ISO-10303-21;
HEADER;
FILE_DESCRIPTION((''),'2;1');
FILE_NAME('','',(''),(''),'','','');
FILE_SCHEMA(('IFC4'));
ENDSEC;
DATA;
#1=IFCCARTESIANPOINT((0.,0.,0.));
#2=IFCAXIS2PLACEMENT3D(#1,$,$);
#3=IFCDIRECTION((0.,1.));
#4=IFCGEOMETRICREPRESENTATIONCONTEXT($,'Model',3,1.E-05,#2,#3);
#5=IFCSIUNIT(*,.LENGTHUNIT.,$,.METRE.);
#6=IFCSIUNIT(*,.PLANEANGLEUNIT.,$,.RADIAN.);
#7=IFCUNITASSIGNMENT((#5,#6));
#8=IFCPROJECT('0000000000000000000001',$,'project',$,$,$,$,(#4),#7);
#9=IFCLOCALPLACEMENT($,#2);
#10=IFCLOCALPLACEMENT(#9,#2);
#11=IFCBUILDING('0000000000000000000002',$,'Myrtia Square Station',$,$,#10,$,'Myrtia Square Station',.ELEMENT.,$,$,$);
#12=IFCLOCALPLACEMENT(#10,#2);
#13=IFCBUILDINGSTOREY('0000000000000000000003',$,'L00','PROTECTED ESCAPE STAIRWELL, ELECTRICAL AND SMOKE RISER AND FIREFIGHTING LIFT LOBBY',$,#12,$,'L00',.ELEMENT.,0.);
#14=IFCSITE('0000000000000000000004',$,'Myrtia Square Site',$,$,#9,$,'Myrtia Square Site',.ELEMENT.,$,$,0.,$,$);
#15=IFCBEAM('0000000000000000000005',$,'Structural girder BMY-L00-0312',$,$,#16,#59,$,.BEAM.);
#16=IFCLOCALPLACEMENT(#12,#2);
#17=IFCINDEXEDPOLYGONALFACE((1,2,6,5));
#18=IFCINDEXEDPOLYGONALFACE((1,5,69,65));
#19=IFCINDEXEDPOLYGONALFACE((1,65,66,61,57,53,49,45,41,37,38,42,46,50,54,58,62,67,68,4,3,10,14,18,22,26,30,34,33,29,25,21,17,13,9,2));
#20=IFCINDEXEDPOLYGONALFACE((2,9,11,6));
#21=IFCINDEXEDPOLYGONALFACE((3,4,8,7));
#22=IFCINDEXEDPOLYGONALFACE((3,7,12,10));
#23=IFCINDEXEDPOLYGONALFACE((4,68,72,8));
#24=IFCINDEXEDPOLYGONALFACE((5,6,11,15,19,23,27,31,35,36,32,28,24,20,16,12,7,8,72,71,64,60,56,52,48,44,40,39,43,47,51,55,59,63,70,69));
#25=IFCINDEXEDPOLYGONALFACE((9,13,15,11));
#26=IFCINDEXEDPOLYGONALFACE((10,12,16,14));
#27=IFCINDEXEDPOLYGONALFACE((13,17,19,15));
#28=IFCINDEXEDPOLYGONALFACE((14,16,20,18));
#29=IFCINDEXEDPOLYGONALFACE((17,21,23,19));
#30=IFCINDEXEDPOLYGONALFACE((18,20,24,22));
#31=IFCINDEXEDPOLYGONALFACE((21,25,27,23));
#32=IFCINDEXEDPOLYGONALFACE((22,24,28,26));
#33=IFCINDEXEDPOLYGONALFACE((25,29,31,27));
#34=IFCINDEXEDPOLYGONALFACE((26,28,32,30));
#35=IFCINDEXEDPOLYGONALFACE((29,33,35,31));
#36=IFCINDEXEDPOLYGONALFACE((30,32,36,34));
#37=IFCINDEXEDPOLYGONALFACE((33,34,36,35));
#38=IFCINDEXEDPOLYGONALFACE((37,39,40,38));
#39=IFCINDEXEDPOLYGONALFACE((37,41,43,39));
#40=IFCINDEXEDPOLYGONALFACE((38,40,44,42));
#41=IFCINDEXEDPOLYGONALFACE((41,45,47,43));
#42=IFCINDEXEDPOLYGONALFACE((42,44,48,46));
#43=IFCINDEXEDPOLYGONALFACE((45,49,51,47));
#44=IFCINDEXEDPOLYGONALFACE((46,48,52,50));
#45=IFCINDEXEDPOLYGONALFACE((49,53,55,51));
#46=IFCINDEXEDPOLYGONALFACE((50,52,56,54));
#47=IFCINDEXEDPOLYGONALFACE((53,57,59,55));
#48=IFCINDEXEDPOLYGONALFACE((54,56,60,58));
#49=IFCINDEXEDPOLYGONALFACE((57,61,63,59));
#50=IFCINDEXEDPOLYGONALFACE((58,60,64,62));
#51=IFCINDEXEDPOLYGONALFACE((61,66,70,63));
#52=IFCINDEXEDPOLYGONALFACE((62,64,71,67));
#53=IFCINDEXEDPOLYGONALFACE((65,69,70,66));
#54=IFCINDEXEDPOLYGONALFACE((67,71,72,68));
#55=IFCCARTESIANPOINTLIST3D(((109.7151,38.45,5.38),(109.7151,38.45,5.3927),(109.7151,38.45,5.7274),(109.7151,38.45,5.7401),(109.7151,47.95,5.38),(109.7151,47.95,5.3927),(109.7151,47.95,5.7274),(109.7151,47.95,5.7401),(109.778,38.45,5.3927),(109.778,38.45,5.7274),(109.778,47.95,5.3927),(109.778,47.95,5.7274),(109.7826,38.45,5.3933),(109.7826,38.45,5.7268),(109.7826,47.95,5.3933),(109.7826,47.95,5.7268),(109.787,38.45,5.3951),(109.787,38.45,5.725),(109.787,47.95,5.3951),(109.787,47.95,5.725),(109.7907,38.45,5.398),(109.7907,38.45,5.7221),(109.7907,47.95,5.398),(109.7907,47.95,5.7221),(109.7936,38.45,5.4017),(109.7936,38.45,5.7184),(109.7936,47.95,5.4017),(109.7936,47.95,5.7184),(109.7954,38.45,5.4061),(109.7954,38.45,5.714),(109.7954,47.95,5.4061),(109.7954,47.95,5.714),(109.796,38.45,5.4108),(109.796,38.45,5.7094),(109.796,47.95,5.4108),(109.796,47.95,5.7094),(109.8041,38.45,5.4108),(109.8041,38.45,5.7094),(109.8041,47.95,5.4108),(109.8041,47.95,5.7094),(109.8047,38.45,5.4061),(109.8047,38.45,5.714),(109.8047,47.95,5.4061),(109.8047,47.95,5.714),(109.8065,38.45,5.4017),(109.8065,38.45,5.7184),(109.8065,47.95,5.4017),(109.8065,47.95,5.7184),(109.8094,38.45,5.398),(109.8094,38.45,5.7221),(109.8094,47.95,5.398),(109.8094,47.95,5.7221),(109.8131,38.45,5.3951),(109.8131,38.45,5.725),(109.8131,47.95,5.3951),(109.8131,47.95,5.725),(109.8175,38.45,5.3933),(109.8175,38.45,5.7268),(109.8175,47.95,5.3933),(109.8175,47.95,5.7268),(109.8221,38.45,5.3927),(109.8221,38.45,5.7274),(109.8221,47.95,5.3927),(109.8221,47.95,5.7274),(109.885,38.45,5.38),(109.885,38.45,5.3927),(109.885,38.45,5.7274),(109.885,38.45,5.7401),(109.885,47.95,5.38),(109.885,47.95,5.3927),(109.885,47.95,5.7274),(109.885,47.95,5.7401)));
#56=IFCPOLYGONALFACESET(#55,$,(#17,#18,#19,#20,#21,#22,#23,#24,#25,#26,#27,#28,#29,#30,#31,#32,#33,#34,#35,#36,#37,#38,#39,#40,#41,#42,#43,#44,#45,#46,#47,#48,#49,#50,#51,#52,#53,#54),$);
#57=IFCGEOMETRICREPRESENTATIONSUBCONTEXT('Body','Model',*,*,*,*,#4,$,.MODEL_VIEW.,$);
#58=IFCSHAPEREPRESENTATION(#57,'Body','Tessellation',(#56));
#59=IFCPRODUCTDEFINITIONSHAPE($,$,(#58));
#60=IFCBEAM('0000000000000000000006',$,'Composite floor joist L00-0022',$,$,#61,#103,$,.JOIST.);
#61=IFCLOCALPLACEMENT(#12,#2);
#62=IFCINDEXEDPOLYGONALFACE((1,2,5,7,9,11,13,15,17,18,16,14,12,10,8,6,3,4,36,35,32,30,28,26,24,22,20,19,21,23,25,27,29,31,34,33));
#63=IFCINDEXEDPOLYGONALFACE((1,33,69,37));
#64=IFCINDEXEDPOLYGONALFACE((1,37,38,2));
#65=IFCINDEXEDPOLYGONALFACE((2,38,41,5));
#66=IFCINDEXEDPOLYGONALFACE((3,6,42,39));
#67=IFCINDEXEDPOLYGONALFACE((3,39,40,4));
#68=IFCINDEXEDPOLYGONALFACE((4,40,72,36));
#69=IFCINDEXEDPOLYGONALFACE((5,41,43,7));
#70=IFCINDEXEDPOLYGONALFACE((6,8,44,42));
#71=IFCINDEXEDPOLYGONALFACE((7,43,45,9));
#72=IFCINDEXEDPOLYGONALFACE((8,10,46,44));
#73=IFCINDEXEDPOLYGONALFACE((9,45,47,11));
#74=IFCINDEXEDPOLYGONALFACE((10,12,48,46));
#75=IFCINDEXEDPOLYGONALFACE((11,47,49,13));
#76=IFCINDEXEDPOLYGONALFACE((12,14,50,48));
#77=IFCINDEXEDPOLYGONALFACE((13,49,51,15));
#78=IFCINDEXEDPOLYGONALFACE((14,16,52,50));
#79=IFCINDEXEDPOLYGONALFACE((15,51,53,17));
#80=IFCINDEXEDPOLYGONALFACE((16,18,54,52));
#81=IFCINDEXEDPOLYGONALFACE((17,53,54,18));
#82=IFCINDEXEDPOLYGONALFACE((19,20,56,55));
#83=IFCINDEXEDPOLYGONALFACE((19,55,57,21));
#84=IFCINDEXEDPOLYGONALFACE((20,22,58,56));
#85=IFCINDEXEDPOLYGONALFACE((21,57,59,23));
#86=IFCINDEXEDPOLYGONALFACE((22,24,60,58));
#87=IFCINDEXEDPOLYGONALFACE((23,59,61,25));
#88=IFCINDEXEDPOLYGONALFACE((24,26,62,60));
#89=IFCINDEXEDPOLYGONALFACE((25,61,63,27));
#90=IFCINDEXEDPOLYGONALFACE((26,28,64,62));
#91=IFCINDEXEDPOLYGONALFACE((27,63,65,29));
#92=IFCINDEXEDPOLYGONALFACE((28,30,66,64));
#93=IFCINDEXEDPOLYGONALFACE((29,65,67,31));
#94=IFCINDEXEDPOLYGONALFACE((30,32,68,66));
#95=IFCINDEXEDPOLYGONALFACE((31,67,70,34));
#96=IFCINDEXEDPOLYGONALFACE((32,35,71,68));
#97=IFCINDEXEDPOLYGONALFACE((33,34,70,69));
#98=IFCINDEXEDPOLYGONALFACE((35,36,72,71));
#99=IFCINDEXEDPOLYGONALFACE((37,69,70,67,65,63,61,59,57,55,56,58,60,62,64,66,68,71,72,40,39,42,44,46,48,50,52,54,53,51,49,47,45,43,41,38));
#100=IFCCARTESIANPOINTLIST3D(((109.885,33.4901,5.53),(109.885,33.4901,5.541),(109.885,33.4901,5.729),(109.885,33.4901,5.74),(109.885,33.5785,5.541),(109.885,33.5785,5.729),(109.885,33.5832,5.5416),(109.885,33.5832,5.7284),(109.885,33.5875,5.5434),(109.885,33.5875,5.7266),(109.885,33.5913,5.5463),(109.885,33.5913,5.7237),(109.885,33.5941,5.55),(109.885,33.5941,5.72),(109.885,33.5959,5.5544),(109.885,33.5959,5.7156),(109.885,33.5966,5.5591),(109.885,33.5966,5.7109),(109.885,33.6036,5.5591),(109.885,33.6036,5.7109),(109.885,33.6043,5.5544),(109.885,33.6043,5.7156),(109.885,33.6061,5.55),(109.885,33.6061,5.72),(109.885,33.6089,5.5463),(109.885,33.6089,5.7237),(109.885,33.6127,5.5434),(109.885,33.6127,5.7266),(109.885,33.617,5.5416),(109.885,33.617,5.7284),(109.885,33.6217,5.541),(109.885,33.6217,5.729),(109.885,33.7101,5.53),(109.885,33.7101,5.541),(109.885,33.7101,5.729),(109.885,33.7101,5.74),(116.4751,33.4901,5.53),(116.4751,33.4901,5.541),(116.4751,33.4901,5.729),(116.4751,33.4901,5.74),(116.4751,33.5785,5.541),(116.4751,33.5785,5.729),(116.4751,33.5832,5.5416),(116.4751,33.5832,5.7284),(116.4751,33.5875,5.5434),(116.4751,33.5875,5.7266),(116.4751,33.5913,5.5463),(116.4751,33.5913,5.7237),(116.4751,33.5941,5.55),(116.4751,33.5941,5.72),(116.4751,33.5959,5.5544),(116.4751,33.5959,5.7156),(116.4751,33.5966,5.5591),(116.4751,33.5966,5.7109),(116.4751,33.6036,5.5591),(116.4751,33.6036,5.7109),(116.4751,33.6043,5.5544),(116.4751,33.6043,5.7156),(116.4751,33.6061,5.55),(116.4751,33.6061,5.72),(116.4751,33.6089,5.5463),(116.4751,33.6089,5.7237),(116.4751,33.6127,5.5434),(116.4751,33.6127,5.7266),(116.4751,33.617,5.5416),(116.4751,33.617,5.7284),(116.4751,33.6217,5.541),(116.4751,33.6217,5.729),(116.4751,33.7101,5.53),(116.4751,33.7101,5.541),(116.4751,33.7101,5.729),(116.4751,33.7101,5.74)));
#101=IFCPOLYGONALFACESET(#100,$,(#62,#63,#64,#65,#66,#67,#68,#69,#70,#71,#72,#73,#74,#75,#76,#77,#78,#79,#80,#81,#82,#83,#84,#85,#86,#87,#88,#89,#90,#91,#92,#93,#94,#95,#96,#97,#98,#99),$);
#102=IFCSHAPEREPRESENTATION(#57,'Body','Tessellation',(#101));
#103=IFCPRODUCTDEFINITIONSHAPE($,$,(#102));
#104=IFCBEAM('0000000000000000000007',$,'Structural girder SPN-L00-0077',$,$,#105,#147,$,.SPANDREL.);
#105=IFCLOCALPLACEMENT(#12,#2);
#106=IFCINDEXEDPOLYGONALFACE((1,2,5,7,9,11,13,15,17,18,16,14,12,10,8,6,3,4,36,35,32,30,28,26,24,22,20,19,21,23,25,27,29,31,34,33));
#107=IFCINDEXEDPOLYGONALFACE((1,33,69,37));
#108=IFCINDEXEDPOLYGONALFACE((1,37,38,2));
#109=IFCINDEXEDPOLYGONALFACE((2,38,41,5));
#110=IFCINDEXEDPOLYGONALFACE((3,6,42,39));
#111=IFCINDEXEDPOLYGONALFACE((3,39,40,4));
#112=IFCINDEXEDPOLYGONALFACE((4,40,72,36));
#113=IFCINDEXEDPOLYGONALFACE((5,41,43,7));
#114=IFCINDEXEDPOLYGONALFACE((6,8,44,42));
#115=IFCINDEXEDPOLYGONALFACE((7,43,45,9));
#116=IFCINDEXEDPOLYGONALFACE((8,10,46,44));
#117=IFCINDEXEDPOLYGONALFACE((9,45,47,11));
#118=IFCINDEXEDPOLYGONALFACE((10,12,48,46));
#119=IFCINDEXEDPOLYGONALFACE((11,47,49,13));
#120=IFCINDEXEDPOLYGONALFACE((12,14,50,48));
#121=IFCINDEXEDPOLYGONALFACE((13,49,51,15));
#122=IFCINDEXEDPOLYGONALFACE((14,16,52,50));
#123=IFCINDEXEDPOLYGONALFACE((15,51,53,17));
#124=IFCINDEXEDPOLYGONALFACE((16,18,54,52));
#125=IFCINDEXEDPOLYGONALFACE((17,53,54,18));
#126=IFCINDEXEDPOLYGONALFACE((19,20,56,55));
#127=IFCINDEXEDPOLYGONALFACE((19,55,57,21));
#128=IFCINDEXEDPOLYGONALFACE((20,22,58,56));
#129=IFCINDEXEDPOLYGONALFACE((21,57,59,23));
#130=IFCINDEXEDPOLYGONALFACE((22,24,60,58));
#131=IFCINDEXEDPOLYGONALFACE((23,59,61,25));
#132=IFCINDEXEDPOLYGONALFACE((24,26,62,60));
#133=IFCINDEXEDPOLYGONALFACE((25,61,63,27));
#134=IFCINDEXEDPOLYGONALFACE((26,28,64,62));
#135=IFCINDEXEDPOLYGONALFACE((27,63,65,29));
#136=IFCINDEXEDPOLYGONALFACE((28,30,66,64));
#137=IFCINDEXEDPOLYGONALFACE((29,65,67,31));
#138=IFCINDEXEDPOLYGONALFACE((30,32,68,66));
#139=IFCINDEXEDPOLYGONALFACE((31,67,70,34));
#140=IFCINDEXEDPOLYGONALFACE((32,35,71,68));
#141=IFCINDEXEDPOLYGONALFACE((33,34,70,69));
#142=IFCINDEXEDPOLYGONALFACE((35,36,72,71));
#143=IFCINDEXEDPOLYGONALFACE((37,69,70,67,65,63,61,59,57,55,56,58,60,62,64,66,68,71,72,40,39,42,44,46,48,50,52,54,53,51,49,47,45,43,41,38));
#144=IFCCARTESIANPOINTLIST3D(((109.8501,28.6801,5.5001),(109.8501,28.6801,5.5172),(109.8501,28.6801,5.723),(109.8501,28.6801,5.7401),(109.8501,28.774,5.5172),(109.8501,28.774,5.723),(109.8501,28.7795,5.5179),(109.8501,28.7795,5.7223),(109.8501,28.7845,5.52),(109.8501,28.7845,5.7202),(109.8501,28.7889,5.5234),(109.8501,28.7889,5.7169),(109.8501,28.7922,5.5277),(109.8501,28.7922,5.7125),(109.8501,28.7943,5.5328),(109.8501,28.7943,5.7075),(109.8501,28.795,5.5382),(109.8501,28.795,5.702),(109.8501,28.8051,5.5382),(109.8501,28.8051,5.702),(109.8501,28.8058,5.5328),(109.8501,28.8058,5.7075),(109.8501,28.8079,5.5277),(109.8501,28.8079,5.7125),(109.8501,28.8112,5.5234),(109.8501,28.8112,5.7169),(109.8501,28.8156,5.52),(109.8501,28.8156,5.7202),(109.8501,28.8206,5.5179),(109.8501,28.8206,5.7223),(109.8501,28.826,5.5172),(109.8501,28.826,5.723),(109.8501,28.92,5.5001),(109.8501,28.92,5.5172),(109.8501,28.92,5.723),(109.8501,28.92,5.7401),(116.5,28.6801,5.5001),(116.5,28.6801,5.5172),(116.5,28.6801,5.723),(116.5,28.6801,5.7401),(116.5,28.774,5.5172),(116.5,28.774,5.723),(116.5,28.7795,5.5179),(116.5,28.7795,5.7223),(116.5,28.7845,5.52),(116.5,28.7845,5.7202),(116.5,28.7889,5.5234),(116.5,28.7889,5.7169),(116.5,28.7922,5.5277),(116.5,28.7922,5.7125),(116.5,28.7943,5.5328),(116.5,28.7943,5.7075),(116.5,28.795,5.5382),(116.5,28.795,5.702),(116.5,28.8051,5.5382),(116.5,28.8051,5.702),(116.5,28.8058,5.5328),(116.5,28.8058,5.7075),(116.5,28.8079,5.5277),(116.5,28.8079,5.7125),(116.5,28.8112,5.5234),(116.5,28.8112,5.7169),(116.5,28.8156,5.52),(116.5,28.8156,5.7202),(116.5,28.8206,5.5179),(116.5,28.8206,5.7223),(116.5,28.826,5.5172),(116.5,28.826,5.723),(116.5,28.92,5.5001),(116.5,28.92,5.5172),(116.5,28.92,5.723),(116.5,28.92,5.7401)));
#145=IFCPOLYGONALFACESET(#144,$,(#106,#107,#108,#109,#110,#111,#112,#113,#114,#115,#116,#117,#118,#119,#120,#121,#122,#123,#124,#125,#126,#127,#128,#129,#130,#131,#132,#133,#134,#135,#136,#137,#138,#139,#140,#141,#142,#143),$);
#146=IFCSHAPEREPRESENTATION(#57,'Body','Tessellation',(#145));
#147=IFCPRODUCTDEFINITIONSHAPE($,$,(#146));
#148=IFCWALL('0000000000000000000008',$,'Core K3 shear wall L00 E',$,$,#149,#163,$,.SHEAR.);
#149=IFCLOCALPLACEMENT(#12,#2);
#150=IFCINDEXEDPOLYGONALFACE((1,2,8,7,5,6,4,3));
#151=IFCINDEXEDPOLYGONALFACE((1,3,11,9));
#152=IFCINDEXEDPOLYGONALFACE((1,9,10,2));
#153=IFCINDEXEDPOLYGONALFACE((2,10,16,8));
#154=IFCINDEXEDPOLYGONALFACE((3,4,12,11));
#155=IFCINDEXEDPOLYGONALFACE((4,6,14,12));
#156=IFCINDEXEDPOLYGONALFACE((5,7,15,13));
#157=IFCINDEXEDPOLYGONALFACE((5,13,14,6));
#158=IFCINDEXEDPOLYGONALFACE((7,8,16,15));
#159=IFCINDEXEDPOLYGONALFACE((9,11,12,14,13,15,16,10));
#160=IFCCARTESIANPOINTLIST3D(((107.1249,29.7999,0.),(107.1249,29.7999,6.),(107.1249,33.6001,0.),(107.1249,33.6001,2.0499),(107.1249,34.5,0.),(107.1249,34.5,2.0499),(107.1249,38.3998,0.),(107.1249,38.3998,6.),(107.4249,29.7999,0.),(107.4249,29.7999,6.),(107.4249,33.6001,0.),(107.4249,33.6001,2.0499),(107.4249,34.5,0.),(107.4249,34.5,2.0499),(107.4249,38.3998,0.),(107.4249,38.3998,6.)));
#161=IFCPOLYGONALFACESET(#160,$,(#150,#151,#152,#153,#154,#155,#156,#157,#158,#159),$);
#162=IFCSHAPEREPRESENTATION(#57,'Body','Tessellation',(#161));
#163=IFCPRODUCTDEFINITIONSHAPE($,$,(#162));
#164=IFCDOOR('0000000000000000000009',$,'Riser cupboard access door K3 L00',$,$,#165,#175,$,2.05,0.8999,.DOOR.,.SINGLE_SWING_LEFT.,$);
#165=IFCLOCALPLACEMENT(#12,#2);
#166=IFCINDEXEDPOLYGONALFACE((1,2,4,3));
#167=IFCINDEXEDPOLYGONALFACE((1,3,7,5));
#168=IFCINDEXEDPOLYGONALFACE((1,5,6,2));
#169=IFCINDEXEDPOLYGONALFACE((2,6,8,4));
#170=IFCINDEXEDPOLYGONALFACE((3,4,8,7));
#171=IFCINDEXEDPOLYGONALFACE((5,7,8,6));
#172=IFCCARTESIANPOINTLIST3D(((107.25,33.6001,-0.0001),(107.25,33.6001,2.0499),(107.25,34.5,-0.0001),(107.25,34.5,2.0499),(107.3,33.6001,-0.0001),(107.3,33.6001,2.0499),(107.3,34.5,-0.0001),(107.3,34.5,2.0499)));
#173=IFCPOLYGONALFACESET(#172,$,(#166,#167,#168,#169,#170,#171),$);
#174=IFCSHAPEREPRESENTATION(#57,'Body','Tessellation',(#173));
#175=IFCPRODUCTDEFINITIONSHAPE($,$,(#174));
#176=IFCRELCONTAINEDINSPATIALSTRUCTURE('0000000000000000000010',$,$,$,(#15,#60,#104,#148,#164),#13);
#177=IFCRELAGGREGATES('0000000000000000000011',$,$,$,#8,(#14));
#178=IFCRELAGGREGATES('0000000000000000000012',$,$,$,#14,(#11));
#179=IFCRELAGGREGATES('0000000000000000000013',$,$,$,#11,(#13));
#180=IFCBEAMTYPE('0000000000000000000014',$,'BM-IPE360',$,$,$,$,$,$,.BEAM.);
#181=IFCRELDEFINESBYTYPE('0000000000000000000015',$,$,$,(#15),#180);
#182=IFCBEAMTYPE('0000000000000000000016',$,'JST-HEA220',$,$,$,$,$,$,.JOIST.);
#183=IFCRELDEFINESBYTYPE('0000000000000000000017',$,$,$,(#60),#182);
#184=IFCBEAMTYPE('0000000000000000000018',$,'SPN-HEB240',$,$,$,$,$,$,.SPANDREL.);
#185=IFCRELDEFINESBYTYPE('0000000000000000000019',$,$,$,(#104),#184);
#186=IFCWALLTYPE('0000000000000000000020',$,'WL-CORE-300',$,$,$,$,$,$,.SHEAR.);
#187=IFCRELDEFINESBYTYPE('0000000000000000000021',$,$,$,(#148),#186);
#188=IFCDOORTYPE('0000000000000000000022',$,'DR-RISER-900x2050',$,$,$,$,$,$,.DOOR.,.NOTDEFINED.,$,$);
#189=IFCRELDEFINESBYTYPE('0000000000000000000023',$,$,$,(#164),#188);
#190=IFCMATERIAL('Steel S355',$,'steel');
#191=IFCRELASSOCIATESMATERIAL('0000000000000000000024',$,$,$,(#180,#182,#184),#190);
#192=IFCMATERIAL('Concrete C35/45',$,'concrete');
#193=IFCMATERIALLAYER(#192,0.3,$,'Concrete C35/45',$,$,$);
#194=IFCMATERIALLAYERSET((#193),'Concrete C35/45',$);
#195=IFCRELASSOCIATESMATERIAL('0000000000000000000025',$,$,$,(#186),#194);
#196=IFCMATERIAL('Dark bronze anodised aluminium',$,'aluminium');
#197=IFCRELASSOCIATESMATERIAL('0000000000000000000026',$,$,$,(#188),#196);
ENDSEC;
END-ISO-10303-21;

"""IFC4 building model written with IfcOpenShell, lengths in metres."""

from ifc_helpers import new_model, si_unit, direction, frame, frame_2d, origin, origin_2d, place, context, subcontext, project, spatial, rectangle, i_section, extrude, material, layer, layer_set, material_profile, profile_set, type_object, element, fill, save


model = new_model("IFC4")

# Units and contexts
model_context = context("Model", 3, precision=1e-05, world=origin(), true_north=direction((0.0, 1.0)))
body_context = subcontext(model_context, "Body", "Model", "MODEL_VIEW")
ifc_project = project(units=[si_unit("LENGTHUNIT", "METRE"), si_unit("PLANEANGLEUNIT", "RADIAN")], contexts=[model_context])

# Site, building, storey
site_placement = place(None, origin())
site = spatial("IfcSite", under=ifc_project, at=site_placement, Name="Myrtia Square Site", LongName="Myrtia Square Site", CompositionType="ELEMENT", RefElevation=0.0)
building_placement = place(site_placement, origin())
building = spatial("IfcBuilding", under=site, at=building_placement, Name="Myrtia Square Station", LongName="Myrtia Square Station", CompositionType="ELEMENT")
storey_placement = place(building_placement, origin())
storey = spatial("IfcBuildingStorey", under=building, at=storey_placement, Name="L00", Description="PROTECTED ESCAPE STAIRWELL, ELECTRICAL AND SMOKE RISER AND FIREFIGHTING LIFT LOBBY", LongName="L00", CompositionType="ELEMENT", Elevation=0.0)

# Shared definitions
ifc_material_1 = material(Name="Steel S355", Category="steel")

# Beams
ifc_material_profile_1 = material_profile(ifc_material_1, i_section(OverallWidth=0.1699, OverallDepth=0.3601, WebThickness=0.0081, FlangeThickness=0.0127, FilletRadius=0.0181, at=origin_2d()), Name="IPE 360")
ifc_profile_set_1 = profile_set([ifc_material_profile_1], Name="Steel S355")
beam_type_1 = type_object("IfcBeamType", Name="BM-IPE360", PredefinedType="BEAM", material=ifc_profile_set_1)
for number, where, z_axis, x_axis, name in (
    (1, (109.8, 38.45, 5.5601), (0.0, 1.0, 0.0), (-1.0, 0.0, 0.0), "Structural girder BMY-L00-0312"),
):
    element("IfcBeam", number, at=place(storey_placement, frame(where, z_axis=z_axis, x_axis=x_axis)), inside=storey, type_object=beam_type_1, Name=name, PredefinedType="BEAM", context=body_context, shape_type="SweptSolid", body=[
        extrude(i_section(OverallWidth=0.1699, OverallDepth=0.3601, WebThickness=0.0081, FlangeThickness=0.0127, FilletRadius=0.0181, at=origin_2d()), origin(), (0.0, 0.0, 1.0), 9.5),
    ])
ifc_material_profile_2 = material_profile(ifc_material_1, i_section(OverallWidth=0.22, OverallDepth=0.21, WebThickness=0.0071, FlangeThickness=0.011, FilletRadius=0.0181, at=origin_2d()), Name="HEA 220")
ifc_profile_set_2 = profile_set([ifc_material_profile_2], Name="Steel S355")
beam_type_2 = type_object("IfcBeamType", Name="JST-HEA220", PredefinedType="JOIST", material=ifc_profile_set_2)
beam_1_placement = place(storey_placement, frame((109.885, 33.6001, 5.635), z_axis=(1.0, 0.0, 0.0), x_axis=(0.0, 1.0, 0.0)))
element("IfcBeam", 2, at=beam_1_placement, inside=storey, type_object=beam_type_2, Name="Composite floor joist L00-0022", PredefinedType="JOIST", context=body_context, shape_type="SweptSolid", body=[
    extrude(i_section(OverallWidth=0.22, OverallDepth=0.21, WebThickness=0.0071, FlangeThickness=0.011, FilletRadius=0.0181, at=origin_2d()), origin(), (0.0, 0.0, 1.0), 6.5901),
])
ifc_material_profile_3 = material_profile(ifc_material_1, i_section(OverallWidth=0.24, OverallDepth=0.24, WebThickness=0.01, FlangeThickness=0.0171, FilletRadius=0.021, at=origin_2d()), Name="HEB 240")
ifc_profile_set_3 = profile_set([ifc_material_profile_3], Name="Steel S355")
beam_type_3 = type_object("IfcBeamType", Name="SPN-HEB240", PredefinedType="SPANDREL", material=ifc_profile_set_3)
beam_2_placement = place(storey_placement, frame((109.8501, 28.8, 5.6201), z_axis=(1.0, 0.0, 0.0), x_axis=(0.0, 1.0, 0.0)))
element("IfcBeam", 3, at=beam_2_placement, inside=storey, type_object=beam_type_3, Name="Structural girder SPN-L00-0077", PredefinedType="SPANDREL", context=body_context, shape_type="SweptSolid", body=[
    extrude(i_section(OverallWidth=0.24, OverallDepth=0.24, WebThickness=0.01, FlangeThickness=0.0171, FilletRadius=0.021, at=origin_2d()), origin(), (0.0, 0.0, 1.0), 6.6499),
])

# Wall, opening, door
ifc_material_2 = material(Name="Concrete C35/45", Category="concrete")
ifc_layer_1 = layer(ifc_material_2, 0.3, Name="Concrete C35/45")
ifc_layer_set_1 = layer_set([ifc_layer_1], Name="Concrete C35/45")
wall_type_1 = type_object("IfcWallType", Name="WL-CORE-300", PredefinedType="SHEAR", material=ifc_layer_set_1)
wall_1_placement = place(storey_placement, frame((107.2749, 29.8, 0.0), z_axis=(0.0, 0.0, 1.0), x_axis=(0.0, 1.0, 0.0)))
wall_1 = element("IfcWall", 4, at=wall_1_placement, inside=storey, type_object=wall_type_1, Name="Core K3 shear wall L00 E", PredefinedType="SHEAR", context=body_context, shape_type="SweptSolid", body=[
    extrude(rectangle(XDim=8.5999, YDim=0.3, at=frame_2d((4.2998, 0.0))), origin(), (0.0, 0.0, 1.0), 6.0),
])
opening_1_placement = place(wall_1_placement, frame((3.8, 0.0, 0.0)))
opening_1 = element("IfcOpeningElement", 5, at=opening_1_placement, cuts=wall_1, PredefinedType="OPENING", context=body_context, shape_type="SweptSolid", body=[
    extrude(rectangle(XDim=0.8999, YDim=2.05, at=frame_2d((0.45, 1.0249))), frame((0.0, 0.165, 0.0), z_axis=(0.0, -1.0, 0.0), x_axis=(1.0, 0.0, 0.0)), (0.0, 0.0, 1.0), 0.3301),
])
ifc_material_3 = material(Name="Dark bronze anodised aluminium", Category="aluminium")
door_type_1 = type_object("IfcDoorType", Name="DR-RISER-900x2050", OperationType="NOTDEFINED", PredefinedType="DOOR", material=ifc_material_3)
door_1_placement = place(opening_1_placement, origin())
door_1 = element("IfcDoor", 6, at=door_1_placement, inside=storey, type_object=door_type_1, Name="Riser cupboard access door K3 L00", OperationType="SINGLE_SWING_LEFT", OverallHeight=2.05, OverallWidth=0.8999, PredefinedType="DOOR", context=body_context, shape_type="SweptSolid", body=[
    extrude(rectangle(XDim=0.8999, YDim=2.05, at=frame_2d((0.45, 1.0249))), frame((0.0, 0.0249, 0.0), z_axis=(0.0, -1.0, 0.0), x_axis=(1.0, 0.0, 0.0)), (0.0, 0.0, 1.0), 0.05),
])
fill(opening_1, door_1)

save(model, "model.ifc")
